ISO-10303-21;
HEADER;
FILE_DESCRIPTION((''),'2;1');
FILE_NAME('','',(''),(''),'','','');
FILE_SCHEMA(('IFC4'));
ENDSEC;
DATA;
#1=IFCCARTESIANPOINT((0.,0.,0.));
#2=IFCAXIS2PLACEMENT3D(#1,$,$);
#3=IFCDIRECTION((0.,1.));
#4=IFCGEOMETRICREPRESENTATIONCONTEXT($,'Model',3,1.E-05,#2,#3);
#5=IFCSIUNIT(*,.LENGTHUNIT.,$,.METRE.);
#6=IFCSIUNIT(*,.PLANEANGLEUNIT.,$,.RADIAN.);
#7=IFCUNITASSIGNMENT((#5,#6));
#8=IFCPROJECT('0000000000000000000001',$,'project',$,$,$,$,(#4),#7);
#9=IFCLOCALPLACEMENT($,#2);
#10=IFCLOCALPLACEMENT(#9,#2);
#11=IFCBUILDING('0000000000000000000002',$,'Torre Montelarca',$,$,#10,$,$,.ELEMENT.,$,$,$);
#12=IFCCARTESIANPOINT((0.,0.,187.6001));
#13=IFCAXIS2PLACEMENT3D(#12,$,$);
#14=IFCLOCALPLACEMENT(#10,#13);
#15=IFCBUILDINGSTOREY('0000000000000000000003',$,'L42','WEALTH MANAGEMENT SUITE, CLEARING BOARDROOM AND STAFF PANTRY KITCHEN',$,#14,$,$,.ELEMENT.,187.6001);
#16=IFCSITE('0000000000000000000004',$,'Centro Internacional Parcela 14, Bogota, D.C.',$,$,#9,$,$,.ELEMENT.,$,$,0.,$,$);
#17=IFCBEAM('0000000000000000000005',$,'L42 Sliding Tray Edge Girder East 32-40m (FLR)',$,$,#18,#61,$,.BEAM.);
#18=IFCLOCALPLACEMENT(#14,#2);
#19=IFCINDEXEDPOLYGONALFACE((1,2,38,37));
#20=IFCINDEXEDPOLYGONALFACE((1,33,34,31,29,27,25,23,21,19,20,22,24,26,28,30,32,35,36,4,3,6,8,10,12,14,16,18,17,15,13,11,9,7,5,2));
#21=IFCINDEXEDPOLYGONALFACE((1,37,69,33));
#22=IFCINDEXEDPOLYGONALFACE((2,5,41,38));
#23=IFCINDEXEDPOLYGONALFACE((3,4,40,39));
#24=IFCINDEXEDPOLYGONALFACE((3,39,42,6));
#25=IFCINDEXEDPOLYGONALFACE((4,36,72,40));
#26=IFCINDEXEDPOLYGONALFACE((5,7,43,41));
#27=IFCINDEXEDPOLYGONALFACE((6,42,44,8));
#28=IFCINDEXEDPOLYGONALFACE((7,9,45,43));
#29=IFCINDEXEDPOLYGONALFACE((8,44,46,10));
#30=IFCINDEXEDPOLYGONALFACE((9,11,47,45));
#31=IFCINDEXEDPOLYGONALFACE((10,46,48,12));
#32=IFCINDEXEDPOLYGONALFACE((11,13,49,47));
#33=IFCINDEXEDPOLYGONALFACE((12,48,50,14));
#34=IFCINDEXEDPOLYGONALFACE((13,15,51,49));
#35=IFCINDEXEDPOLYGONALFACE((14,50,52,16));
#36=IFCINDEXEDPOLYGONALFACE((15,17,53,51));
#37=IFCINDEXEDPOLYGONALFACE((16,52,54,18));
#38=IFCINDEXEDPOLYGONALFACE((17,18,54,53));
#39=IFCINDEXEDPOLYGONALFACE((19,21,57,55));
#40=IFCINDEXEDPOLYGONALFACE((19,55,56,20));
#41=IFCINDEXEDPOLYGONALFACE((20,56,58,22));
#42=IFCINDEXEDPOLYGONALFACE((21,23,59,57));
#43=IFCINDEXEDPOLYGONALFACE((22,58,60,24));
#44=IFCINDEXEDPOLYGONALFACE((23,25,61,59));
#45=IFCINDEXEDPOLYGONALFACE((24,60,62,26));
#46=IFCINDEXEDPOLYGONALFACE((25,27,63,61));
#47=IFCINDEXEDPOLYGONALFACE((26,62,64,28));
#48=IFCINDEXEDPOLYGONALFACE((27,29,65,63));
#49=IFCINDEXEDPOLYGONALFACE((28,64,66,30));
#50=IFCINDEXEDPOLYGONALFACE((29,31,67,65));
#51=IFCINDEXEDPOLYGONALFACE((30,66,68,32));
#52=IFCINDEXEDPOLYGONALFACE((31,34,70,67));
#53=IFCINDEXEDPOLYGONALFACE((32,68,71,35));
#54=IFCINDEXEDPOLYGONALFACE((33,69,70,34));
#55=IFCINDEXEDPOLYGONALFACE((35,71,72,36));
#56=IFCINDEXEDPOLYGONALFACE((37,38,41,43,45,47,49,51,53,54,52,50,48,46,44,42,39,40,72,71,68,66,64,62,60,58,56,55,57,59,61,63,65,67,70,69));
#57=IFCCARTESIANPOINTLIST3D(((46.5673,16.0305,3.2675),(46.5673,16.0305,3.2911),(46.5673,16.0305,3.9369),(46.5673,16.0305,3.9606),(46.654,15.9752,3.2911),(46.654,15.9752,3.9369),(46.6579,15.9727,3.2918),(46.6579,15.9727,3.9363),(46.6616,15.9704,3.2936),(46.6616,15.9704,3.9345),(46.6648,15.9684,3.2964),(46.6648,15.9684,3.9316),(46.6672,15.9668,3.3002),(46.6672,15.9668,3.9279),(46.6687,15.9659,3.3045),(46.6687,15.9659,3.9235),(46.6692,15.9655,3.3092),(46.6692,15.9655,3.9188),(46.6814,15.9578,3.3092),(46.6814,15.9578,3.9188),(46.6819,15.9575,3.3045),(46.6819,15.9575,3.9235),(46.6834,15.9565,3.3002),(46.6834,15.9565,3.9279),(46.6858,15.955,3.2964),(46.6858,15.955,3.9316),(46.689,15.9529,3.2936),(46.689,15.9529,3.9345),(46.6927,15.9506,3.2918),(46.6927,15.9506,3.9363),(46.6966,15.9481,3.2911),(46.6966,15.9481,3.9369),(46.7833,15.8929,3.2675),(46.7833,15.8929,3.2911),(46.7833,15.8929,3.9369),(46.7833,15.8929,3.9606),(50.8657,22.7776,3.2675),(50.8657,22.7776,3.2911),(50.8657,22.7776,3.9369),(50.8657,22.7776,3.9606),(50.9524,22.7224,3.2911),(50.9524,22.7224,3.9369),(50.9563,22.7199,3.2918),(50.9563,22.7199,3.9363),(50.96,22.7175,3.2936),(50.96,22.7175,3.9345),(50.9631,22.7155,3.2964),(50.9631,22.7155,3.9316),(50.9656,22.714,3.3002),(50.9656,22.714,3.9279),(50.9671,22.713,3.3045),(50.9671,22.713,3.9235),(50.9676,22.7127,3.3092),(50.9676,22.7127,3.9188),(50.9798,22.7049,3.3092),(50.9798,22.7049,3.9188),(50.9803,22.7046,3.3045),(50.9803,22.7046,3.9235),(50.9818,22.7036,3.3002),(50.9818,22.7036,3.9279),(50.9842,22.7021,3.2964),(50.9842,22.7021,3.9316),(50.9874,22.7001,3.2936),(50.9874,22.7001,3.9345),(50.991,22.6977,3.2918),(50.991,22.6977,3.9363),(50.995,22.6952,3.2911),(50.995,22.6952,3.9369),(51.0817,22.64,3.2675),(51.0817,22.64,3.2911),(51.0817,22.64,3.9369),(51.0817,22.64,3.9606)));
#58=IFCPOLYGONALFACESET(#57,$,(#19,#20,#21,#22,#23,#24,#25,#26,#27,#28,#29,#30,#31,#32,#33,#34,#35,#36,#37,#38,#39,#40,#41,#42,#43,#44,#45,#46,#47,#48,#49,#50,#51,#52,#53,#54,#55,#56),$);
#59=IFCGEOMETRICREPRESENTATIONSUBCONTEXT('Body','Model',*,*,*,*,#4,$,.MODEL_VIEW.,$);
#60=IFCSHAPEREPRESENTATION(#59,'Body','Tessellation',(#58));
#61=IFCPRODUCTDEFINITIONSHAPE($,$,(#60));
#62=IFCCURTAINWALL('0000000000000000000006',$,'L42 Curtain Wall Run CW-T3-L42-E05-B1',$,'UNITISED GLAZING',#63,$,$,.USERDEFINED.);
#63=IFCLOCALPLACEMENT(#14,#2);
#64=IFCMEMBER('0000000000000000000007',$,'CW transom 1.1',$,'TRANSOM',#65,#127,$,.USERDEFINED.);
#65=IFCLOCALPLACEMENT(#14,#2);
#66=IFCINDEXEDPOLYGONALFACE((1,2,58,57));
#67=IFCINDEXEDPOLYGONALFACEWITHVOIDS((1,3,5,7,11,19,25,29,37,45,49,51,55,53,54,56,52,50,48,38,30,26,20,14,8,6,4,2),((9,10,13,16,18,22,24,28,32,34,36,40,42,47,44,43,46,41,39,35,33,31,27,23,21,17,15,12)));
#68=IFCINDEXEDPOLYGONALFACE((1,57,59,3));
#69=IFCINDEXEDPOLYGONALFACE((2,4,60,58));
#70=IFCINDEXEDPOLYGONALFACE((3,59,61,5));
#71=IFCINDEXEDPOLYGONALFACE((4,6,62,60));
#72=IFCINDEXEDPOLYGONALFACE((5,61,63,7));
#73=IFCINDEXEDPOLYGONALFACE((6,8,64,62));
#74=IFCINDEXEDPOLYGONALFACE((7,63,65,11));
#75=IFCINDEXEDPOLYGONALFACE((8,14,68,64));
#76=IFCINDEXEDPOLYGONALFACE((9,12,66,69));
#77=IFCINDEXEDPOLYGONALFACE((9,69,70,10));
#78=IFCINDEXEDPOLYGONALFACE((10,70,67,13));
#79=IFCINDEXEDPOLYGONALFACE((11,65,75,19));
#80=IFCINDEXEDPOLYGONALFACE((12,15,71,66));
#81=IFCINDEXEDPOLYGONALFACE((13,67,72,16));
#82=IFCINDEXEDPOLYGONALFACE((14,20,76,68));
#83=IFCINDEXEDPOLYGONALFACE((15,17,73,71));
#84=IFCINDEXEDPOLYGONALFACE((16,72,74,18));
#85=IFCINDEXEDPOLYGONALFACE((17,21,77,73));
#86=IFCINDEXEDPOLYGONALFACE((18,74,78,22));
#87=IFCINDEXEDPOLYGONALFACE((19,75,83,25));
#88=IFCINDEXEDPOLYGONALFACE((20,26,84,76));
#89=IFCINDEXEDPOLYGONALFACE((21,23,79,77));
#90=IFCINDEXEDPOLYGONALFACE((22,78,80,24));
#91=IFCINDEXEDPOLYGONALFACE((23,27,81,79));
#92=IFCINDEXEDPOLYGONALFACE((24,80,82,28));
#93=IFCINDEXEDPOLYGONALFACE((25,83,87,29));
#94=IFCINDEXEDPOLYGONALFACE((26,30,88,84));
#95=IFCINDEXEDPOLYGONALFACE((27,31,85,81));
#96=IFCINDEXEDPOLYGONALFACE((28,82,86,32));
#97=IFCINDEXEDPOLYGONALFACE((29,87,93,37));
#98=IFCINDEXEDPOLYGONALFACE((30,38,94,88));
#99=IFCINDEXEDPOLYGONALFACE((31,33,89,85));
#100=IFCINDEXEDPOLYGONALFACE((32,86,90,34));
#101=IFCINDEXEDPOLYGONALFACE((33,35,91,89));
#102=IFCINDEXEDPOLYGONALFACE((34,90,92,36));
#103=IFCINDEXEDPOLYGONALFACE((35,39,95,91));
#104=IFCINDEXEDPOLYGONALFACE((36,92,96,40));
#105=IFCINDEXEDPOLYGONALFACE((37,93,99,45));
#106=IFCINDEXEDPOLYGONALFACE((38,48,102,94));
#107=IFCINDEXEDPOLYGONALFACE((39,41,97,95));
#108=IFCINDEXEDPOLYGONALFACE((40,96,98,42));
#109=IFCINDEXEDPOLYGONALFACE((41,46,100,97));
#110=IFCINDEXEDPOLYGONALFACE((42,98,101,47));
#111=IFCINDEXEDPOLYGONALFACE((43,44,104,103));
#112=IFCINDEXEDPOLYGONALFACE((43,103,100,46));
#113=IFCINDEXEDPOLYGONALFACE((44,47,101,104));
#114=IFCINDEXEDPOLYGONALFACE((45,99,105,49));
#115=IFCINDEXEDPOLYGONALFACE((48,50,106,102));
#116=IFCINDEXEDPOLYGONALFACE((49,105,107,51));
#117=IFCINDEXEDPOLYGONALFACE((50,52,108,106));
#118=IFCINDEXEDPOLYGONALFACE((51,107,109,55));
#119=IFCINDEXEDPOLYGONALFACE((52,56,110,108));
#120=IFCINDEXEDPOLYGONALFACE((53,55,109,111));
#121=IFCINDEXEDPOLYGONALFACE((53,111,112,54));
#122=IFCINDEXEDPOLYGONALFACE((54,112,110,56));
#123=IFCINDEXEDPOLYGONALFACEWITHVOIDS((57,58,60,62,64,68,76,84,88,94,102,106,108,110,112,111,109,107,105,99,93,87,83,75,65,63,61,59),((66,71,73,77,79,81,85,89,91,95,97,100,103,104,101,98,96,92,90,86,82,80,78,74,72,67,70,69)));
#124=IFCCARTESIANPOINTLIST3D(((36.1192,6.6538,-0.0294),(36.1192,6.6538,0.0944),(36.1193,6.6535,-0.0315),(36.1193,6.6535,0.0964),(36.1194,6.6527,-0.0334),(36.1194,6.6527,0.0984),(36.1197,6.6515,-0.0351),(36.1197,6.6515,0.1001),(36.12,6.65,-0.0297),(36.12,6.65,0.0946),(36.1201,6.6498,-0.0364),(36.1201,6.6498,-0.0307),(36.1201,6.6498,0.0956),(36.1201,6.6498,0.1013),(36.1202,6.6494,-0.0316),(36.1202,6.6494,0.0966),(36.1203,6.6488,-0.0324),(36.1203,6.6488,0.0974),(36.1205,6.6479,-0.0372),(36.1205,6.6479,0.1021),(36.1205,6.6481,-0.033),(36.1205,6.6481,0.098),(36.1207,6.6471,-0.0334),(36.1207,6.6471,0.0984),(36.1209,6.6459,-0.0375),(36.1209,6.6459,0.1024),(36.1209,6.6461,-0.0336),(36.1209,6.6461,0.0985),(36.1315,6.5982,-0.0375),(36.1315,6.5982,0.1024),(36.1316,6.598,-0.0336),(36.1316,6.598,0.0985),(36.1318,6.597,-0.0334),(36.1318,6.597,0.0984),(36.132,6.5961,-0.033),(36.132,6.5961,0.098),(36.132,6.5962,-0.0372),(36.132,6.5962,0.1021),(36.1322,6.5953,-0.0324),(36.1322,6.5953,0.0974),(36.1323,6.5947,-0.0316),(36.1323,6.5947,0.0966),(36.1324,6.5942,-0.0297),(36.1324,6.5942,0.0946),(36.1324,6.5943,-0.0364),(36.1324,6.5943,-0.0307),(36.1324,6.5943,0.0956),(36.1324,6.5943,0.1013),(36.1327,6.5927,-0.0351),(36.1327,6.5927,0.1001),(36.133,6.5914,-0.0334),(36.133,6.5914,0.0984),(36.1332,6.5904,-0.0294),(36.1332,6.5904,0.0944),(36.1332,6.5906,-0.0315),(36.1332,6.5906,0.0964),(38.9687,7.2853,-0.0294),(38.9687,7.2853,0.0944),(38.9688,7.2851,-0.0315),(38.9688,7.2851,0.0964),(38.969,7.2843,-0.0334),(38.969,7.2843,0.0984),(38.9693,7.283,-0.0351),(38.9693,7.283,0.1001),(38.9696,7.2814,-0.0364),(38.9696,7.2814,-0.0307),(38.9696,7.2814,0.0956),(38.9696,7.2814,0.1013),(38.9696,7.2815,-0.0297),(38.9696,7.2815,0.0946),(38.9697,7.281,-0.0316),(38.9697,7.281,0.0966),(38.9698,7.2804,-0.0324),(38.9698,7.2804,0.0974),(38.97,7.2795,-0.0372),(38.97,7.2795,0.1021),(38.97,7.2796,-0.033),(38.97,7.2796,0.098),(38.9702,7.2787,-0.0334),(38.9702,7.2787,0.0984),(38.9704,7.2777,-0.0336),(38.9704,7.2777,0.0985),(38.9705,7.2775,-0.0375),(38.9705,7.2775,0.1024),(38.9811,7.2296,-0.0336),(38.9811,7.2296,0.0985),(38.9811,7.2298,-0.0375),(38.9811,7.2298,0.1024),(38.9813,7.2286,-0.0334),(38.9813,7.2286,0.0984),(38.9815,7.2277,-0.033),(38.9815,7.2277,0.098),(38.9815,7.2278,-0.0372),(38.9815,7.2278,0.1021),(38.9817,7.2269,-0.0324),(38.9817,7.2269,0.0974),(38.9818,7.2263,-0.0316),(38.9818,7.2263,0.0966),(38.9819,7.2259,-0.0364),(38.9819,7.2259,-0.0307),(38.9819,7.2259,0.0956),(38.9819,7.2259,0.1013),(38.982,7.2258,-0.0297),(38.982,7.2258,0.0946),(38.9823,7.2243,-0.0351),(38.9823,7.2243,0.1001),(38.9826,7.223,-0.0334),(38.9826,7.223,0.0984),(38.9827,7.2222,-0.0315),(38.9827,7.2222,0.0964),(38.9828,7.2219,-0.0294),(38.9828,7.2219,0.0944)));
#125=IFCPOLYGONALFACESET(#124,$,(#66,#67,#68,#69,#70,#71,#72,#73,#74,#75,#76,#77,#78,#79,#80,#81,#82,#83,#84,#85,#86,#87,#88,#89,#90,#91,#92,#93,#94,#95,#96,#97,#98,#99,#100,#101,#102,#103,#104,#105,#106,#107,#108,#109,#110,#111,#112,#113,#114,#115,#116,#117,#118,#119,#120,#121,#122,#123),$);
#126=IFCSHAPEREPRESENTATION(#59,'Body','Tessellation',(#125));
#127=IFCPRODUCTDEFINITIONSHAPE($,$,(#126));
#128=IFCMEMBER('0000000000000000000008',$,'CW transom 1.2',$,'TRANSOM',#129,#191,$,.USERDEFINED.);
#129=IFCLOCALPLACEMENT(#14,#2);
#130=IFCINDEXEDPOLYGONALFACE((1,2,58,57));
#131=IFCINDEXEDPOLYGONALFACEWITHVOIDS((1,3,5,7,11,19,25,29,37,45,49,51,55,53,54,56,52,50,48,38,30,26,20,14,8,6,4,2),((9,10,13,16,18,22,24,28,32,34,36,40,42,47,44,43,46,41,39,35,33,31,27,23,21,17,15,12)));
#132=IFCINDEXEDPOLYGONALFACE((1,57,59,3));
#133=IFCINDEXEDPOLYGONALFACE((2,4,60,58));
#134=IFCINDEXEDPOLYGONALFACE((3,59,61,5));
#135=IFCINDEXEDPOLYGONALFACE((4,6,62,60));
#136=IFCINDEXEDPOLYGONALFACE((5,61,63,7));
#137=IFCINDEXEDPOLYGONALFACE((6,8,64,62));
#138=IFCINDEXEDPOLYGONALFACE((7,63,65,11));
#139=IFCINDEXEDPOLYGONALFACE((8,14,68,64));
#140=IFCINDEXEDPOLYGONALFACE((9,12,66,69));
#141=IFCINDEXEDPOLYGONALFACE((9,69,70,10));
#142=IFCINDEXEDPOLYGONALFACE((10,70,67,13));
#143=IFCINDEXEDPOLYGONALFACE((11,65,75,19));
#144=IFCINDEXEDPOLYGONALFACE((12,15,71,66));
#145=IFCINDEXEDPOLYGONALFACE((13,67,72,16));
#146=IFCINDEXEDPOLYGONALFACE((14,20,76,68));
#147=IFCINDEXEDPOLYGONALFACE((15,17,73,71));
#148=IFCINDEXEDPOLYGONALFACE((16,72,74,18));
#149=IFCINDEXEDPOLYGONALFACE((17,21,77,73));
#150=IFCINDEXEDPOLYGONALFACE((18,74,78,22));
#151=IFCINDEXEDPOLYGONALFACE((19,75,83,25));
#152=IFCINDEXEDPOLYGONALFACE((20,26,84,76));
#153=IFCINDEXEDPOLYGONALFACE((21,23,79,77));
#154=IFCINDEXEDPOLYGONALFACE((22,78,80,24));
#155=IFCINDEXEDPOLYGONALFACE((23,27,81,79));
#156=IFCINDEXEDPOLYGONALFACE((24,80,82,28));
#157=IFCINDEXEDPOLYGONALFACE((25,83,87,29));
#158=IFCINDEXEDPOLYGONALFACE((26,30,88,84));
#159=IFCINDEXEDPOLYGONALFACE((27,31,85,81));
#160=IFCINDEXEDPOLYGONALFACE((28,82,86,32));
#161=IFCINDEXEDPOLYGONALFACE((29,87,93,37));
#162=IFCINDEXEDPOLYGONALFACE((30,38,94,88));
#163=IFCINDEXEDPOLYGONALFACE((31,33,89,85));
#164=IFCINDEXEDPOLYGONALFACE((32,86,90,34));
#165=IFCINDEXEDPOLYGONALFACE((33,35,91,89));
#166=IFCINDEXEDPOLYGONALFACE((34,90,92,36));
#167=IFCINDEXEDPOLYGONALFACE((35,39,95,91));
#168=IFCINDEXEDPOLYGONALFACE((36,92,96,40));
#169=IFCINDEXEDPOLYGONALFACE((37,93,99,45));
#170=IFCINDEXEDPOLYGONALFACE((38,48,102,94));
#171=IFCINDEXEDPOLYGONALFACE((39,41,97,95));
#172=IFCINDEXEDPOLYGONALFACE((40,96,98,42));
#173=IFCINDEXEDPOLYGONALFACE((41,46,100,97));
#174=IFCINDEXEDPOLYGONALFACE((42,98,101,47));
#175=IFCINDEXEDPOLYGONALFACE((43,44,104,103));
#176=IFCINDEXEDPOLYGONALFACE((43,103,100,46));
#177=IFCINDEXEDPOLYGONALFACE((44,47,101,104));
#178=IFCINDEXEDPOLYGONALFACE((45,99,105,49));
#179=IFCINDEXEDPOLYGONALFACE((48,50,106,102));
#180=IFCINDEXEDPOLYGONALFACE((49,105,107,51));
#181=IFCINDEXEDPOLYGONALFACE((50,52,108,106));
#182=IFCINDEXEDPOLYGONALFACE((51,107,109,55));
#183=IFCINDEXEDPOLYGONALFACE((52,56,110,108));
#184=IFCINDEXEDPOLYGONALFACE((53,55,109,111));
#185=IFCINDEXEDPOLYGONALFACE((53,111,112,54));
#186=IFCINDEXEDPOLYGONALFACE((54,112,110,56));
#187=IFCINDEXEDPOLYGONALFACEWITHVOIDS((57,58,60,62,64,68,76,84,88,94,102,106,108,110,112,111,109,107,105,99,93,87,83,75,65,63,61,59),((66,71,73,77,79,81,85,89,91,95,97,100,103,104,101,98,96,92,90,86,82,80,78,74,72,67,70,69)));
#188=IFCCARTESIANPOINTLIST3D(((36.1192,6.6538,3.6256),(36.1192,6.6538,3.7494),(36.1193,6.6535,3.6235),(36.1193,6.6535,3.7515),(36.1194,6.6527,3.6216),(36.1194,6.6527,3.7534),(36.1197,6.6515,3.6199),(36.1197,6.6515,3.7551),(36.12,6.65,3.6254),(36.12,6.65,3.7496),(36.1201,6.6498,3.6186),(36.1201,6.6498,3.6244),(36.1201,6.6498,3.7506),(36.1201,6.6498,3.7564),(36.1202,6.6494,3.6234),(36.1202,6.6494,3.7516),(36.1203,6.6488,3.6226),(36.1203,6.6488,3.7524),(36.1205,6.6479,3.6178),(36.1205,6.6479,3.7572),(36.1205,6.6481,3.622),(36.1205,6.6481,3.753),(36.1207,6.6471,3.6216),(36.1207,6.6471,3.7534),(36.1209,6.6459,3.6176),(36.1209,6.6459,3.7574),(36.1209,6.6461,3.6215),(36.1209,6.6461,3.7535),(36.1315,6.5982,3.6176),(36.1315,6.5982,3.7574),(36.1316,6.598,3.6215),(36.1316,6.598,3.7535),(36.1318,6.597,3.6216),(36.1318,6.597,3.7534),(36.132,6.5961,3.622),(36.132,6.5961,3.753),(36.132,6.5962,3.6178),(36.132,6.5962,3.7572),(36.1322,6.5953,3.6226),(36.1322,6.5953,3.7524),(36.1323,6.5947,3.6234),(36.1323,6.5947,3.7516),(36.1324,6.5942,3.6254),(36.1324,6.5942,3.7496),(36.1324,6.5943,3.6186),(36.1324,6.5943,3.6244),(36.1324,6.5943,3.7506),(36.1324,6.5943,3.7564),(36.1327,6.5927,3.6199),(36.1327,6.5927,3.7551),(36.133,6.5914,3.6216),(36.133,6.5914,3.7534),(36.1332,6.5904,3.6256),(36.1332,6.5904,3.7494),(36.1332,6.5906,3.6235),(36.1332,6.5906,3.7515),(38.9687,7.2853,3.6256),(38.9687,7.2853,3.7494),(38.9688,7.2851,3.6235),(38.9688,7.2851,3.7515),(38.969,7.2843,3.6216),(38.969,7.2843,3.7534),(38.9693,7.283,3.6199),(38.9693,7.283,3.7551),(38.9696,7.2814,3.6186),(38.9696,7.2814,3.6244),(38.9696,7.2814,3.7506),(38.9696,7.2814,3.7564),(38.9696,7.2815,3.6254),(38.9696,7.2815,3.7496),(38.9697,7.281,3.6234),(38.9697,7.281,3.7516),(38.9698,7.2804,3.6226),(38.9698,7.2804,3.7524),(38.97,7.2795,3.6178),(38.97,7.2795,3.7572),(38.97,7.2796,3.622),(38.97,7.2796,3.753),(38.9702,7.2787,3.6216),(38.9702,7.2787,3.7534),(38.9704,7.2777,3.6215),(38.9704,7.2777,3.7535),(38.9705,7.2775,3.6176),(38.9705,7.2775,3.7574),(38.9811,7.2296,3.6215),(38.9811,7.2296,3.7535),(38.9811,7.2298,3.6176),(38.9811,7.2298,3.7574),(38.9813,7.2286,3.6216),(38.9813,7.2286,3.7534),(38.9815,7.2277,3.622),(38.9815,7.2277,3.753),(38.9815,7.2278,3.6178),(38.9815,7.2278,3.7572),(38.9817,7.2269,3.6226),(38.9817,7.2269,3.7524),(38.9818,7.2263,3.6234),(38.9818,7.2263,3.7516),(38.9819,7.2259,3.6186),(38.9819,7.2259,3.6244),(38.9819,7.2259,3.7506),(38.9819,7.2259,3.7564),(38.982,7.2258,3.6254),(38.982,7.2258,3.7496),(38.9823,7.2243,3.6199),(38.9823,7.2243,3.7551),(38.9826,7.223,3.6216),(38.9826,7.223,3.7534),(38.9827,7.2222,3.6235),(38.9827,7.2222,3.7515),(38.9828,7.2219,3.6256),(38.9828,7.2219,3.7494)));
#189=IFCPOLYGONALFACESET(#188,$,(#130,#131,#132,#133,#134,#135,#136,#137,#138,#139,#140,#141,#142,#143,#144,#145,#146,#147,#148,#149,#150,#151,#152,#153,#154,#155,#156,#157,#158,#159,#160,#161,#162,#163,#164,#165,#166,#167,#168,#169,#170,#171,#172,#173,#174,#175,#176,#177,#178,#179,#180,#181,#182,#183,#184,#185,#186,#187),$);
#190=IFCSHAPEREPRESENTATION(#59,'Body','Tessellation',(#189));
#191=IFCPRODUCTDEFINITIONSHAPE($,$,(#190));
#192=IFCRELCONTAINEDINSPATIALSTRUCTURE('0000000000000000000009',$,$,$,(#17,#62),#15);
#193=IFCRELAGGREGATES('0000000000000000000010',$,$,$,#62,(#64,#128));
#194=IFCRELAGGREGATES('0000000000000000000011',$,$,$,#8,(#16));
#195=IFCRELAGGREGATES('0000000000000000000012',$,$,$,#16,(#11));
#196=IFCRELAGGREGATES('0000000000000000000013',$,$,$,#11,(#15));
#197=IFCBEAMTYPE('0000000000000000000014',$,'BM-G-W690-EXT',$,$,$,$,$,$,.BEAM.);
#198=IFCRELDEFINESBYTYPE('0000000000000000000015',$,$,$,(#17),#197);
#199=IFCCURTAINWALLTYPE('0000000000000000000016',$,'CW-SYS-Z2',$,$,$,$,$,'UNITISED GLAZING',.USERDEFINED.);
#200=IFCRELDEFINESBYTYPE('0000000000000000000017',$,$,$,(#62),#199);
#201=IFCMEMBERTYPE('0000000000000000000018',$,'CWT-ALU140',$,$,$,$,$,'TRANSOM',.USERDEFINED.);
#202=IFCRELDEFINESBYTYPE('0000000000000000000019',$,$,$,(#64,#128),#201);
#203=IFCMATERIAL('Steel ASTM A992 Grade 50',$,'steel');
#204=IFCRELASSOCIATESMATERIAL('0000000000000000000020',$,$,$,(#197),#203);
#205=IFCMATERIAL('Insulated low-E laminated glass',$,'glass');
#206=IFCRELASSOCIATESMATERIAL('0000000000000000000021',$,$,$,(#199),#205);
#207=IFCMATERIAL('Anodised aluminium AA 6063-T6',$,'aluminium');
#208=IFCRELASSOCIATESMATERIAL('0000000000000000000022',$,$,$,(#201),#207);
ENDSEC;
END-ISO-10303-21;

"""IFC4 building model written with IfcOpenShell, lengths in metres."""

from ifc_helpers import new_model, si_unit, direction, frame, origin, origin_2d, place, context, subcontext, project, spatial, hollow_rectangle, i_section, extrude, source, transform, mapped, material, material_profile, profile_set, type_object, element, aggregate, save


model = new_model("IFC4")

# Units and contexts
model_context = context("Model", 3, precision=1e-05, world=origin(), true_north=direction((0.0, 1.0)))
body_context = subcontext(model_context, "Body", "Model", "MODEL_VIEW")
ifc_project = project(units=[si_unit("LENGTHUNIT", "METRE"), si_unit("PLANEANGLEUNIT", "RADIAN")], contexts=[model_context])

# Site, building, storey
site_placement = place(None, origin())
site = spatial("IfcSite", under=ifc_project, at=site_placement, Name="Centro Internacional Parcela 14, Bogota, D.C.", CompositionType="ELEMENT", RefElevation=0.0)
building_placement = place(site_placement, origin())
building = spatial("IfcBuilding", under=site, at=building_placement, Name="Torre Montelarca", CompositionType="ELEMENT")
storey_placement = place(building_placement, frame((0.0, 0.0, 187.6001)))
storey = spatial("IfcBuildingStorey", under=building, at=storey_placement, Name="L42", Description="WEALTH MANAGEMENT SUITE, CLEARING BOARDROOM AND STAFF PANTRY KITCHEN", CompositionType="ELEMENT", Elevation=187.6001)

# Beam
ifc_material_1 = material(Name="Steel ASTM A992 Grade 50", Category="steel")
ifc_material_profile_1 = material_profile(ifc_material_1, i_section(OverallWidth=0.2561, OverallDepth=0.6931, WebThickness=0.0144, FlangeThickness=0.0237, FilletRadius=0.0181, at=origin_2d()), Name="W690X170", Category="steel")
ifc_profile_set_1 = profile_set([ifc_material_profile_1], Name="Steel ASTM A992 Grade 50")
beam_type_1 = type_object("IfcBeamType", Name="BM-G-W690-EXT", PredefinedType="BEAM", material=ifc_profile_set_1)
shared_shape_1 = source(origin(), body_context, "Body", "SweptSolid", [
    extrude(i_section(OverallWidth=0.2561, OverallDepth=0.6931, WebThickness=0.0144, FlangeThickness=0.0237, FilletRadius=0.0181, at=origin_2d()), origin(), (0.0, 0.0, 1.0), 8.0),
])
for number, where, z_axis, x_axis, name in (
    (1, (46.6753, 15.9617, 3.614), (0.537298, 0.843392, 0.0), (-0.843392, 0.537298, 0.0), "L42 Sliding Tray Edge Girder East 32-40m (FLR)"),
):
    element("IfcBeam", number, at=place(storey_placement, frame(where, z_axis=z_axis, x_axis=x_axis)), inside=storey, type_object=beam_type_1, Name=name, PredefinedType="BEAM", context=body_context, shape_type="MappedRepresentation", body=[
        mapped(shared_shape_1, transform((0.0, 0.0, 0.0), scale=1.0)),
    ])

# Curtain wall, members
ifc_material_2 = material(Name="Insulated low-E laminated glass", Category="glass")
curtain_wall_type = type_object("IfcCurtainWallType", Name="CW-SYS-Z2", ElementType="UNITISED GLAZING", PredefinedType="USERDEFINED", material=ifc_material_2)
curtain_wall_1_placement = place(storey_placement, origin())
curtain_wall_1 = element("IfcCurtainWall", 2, at=curtain_wall_1_placement, inside=storey, type_object=curtain_wall_type, Name="L42 Curtain Wall Run CW-T3-L42-E05-B1", ObjectType="UNITISED GLAZING", PredefinedType="USERDEFINED")
ifc_material_3 = material(Name="Anodised aluminium AA 6063-T6", Category="aluminium")
ifc_material_profile_2 = material_profile(ifc_material_3, hollow_rectangle(XDim=0.0649, YDim=0.1399, WallThickness=0.0039, InnerFilletRadius=0.0039, OuterFilletRadius=0.0081, at=origin_2d()), Name="ALU65X140X4", Category="aluminium")
ifc_profile_set_2 = profile_set([ifc_material_profile_2], Name="Anodised aluminium AA 6063-T6")
member_type_1 = type_object("IfcMemberType", Name="CWT-ALU140", ElementType="TRANSOM", PredefinedType="USERDEFINED", material=ifc_profile_set_2)
shared_shape_2 = source(origin(), body_context, "Body", "SweptSolid", [
    extrude(hollow_rectangle(XDim=0.0649, YDim=0.1399, WallThickness=0.0039, InnerFilletRadius=0.0039, OuterFilletRadius=0.0081, at=origin_2d()), origin(), (0.0, 0.0, 1.0), 2.9187),
])
member_1_placement = place(storey_placement, frame((36.1262, 6.6221, 0.0325), z_axis=(0.976307, 0.21639, 0.0), x_axis=(-0.21639, 0.976307, 0.0)))
member_1 = element("IfcMember", 3, at=member_1_placement, type_object=member_type_1, Name="CW transom 1.1", ObjectType="TRANSOM", PredefinedType="USERDEFINED", context=body_context, shape_type="MappedRepresentation", body=[
    mapped(shared_shape_2, transform((0.0, 0.0, 0.0), scale=1.0)),
])
member_2_placement = place(storey_placement, frame((36.1262, 6.6221, 3.6875), z_axis=(0.976307, 0.21639, 0.0), x_axis=(-0.21639, 0.976307, 0.0)))
member_2 = element("IfcMember", 4, at=member_2_placement, type_object=member_type_1, Name="CW transom 1.2", ObjectType="TRANSOM", PredefinedType="USERDEFINED", context=body_context, shape_type="MappedRepresentation", body=[
    mapped(shared_shape_2, transform((0.0, 0.0, 0.0), scale=1.0)),
])

aggregate(curtain_wall_1, [member_1, member_2])

save(model, "model.ifc")
